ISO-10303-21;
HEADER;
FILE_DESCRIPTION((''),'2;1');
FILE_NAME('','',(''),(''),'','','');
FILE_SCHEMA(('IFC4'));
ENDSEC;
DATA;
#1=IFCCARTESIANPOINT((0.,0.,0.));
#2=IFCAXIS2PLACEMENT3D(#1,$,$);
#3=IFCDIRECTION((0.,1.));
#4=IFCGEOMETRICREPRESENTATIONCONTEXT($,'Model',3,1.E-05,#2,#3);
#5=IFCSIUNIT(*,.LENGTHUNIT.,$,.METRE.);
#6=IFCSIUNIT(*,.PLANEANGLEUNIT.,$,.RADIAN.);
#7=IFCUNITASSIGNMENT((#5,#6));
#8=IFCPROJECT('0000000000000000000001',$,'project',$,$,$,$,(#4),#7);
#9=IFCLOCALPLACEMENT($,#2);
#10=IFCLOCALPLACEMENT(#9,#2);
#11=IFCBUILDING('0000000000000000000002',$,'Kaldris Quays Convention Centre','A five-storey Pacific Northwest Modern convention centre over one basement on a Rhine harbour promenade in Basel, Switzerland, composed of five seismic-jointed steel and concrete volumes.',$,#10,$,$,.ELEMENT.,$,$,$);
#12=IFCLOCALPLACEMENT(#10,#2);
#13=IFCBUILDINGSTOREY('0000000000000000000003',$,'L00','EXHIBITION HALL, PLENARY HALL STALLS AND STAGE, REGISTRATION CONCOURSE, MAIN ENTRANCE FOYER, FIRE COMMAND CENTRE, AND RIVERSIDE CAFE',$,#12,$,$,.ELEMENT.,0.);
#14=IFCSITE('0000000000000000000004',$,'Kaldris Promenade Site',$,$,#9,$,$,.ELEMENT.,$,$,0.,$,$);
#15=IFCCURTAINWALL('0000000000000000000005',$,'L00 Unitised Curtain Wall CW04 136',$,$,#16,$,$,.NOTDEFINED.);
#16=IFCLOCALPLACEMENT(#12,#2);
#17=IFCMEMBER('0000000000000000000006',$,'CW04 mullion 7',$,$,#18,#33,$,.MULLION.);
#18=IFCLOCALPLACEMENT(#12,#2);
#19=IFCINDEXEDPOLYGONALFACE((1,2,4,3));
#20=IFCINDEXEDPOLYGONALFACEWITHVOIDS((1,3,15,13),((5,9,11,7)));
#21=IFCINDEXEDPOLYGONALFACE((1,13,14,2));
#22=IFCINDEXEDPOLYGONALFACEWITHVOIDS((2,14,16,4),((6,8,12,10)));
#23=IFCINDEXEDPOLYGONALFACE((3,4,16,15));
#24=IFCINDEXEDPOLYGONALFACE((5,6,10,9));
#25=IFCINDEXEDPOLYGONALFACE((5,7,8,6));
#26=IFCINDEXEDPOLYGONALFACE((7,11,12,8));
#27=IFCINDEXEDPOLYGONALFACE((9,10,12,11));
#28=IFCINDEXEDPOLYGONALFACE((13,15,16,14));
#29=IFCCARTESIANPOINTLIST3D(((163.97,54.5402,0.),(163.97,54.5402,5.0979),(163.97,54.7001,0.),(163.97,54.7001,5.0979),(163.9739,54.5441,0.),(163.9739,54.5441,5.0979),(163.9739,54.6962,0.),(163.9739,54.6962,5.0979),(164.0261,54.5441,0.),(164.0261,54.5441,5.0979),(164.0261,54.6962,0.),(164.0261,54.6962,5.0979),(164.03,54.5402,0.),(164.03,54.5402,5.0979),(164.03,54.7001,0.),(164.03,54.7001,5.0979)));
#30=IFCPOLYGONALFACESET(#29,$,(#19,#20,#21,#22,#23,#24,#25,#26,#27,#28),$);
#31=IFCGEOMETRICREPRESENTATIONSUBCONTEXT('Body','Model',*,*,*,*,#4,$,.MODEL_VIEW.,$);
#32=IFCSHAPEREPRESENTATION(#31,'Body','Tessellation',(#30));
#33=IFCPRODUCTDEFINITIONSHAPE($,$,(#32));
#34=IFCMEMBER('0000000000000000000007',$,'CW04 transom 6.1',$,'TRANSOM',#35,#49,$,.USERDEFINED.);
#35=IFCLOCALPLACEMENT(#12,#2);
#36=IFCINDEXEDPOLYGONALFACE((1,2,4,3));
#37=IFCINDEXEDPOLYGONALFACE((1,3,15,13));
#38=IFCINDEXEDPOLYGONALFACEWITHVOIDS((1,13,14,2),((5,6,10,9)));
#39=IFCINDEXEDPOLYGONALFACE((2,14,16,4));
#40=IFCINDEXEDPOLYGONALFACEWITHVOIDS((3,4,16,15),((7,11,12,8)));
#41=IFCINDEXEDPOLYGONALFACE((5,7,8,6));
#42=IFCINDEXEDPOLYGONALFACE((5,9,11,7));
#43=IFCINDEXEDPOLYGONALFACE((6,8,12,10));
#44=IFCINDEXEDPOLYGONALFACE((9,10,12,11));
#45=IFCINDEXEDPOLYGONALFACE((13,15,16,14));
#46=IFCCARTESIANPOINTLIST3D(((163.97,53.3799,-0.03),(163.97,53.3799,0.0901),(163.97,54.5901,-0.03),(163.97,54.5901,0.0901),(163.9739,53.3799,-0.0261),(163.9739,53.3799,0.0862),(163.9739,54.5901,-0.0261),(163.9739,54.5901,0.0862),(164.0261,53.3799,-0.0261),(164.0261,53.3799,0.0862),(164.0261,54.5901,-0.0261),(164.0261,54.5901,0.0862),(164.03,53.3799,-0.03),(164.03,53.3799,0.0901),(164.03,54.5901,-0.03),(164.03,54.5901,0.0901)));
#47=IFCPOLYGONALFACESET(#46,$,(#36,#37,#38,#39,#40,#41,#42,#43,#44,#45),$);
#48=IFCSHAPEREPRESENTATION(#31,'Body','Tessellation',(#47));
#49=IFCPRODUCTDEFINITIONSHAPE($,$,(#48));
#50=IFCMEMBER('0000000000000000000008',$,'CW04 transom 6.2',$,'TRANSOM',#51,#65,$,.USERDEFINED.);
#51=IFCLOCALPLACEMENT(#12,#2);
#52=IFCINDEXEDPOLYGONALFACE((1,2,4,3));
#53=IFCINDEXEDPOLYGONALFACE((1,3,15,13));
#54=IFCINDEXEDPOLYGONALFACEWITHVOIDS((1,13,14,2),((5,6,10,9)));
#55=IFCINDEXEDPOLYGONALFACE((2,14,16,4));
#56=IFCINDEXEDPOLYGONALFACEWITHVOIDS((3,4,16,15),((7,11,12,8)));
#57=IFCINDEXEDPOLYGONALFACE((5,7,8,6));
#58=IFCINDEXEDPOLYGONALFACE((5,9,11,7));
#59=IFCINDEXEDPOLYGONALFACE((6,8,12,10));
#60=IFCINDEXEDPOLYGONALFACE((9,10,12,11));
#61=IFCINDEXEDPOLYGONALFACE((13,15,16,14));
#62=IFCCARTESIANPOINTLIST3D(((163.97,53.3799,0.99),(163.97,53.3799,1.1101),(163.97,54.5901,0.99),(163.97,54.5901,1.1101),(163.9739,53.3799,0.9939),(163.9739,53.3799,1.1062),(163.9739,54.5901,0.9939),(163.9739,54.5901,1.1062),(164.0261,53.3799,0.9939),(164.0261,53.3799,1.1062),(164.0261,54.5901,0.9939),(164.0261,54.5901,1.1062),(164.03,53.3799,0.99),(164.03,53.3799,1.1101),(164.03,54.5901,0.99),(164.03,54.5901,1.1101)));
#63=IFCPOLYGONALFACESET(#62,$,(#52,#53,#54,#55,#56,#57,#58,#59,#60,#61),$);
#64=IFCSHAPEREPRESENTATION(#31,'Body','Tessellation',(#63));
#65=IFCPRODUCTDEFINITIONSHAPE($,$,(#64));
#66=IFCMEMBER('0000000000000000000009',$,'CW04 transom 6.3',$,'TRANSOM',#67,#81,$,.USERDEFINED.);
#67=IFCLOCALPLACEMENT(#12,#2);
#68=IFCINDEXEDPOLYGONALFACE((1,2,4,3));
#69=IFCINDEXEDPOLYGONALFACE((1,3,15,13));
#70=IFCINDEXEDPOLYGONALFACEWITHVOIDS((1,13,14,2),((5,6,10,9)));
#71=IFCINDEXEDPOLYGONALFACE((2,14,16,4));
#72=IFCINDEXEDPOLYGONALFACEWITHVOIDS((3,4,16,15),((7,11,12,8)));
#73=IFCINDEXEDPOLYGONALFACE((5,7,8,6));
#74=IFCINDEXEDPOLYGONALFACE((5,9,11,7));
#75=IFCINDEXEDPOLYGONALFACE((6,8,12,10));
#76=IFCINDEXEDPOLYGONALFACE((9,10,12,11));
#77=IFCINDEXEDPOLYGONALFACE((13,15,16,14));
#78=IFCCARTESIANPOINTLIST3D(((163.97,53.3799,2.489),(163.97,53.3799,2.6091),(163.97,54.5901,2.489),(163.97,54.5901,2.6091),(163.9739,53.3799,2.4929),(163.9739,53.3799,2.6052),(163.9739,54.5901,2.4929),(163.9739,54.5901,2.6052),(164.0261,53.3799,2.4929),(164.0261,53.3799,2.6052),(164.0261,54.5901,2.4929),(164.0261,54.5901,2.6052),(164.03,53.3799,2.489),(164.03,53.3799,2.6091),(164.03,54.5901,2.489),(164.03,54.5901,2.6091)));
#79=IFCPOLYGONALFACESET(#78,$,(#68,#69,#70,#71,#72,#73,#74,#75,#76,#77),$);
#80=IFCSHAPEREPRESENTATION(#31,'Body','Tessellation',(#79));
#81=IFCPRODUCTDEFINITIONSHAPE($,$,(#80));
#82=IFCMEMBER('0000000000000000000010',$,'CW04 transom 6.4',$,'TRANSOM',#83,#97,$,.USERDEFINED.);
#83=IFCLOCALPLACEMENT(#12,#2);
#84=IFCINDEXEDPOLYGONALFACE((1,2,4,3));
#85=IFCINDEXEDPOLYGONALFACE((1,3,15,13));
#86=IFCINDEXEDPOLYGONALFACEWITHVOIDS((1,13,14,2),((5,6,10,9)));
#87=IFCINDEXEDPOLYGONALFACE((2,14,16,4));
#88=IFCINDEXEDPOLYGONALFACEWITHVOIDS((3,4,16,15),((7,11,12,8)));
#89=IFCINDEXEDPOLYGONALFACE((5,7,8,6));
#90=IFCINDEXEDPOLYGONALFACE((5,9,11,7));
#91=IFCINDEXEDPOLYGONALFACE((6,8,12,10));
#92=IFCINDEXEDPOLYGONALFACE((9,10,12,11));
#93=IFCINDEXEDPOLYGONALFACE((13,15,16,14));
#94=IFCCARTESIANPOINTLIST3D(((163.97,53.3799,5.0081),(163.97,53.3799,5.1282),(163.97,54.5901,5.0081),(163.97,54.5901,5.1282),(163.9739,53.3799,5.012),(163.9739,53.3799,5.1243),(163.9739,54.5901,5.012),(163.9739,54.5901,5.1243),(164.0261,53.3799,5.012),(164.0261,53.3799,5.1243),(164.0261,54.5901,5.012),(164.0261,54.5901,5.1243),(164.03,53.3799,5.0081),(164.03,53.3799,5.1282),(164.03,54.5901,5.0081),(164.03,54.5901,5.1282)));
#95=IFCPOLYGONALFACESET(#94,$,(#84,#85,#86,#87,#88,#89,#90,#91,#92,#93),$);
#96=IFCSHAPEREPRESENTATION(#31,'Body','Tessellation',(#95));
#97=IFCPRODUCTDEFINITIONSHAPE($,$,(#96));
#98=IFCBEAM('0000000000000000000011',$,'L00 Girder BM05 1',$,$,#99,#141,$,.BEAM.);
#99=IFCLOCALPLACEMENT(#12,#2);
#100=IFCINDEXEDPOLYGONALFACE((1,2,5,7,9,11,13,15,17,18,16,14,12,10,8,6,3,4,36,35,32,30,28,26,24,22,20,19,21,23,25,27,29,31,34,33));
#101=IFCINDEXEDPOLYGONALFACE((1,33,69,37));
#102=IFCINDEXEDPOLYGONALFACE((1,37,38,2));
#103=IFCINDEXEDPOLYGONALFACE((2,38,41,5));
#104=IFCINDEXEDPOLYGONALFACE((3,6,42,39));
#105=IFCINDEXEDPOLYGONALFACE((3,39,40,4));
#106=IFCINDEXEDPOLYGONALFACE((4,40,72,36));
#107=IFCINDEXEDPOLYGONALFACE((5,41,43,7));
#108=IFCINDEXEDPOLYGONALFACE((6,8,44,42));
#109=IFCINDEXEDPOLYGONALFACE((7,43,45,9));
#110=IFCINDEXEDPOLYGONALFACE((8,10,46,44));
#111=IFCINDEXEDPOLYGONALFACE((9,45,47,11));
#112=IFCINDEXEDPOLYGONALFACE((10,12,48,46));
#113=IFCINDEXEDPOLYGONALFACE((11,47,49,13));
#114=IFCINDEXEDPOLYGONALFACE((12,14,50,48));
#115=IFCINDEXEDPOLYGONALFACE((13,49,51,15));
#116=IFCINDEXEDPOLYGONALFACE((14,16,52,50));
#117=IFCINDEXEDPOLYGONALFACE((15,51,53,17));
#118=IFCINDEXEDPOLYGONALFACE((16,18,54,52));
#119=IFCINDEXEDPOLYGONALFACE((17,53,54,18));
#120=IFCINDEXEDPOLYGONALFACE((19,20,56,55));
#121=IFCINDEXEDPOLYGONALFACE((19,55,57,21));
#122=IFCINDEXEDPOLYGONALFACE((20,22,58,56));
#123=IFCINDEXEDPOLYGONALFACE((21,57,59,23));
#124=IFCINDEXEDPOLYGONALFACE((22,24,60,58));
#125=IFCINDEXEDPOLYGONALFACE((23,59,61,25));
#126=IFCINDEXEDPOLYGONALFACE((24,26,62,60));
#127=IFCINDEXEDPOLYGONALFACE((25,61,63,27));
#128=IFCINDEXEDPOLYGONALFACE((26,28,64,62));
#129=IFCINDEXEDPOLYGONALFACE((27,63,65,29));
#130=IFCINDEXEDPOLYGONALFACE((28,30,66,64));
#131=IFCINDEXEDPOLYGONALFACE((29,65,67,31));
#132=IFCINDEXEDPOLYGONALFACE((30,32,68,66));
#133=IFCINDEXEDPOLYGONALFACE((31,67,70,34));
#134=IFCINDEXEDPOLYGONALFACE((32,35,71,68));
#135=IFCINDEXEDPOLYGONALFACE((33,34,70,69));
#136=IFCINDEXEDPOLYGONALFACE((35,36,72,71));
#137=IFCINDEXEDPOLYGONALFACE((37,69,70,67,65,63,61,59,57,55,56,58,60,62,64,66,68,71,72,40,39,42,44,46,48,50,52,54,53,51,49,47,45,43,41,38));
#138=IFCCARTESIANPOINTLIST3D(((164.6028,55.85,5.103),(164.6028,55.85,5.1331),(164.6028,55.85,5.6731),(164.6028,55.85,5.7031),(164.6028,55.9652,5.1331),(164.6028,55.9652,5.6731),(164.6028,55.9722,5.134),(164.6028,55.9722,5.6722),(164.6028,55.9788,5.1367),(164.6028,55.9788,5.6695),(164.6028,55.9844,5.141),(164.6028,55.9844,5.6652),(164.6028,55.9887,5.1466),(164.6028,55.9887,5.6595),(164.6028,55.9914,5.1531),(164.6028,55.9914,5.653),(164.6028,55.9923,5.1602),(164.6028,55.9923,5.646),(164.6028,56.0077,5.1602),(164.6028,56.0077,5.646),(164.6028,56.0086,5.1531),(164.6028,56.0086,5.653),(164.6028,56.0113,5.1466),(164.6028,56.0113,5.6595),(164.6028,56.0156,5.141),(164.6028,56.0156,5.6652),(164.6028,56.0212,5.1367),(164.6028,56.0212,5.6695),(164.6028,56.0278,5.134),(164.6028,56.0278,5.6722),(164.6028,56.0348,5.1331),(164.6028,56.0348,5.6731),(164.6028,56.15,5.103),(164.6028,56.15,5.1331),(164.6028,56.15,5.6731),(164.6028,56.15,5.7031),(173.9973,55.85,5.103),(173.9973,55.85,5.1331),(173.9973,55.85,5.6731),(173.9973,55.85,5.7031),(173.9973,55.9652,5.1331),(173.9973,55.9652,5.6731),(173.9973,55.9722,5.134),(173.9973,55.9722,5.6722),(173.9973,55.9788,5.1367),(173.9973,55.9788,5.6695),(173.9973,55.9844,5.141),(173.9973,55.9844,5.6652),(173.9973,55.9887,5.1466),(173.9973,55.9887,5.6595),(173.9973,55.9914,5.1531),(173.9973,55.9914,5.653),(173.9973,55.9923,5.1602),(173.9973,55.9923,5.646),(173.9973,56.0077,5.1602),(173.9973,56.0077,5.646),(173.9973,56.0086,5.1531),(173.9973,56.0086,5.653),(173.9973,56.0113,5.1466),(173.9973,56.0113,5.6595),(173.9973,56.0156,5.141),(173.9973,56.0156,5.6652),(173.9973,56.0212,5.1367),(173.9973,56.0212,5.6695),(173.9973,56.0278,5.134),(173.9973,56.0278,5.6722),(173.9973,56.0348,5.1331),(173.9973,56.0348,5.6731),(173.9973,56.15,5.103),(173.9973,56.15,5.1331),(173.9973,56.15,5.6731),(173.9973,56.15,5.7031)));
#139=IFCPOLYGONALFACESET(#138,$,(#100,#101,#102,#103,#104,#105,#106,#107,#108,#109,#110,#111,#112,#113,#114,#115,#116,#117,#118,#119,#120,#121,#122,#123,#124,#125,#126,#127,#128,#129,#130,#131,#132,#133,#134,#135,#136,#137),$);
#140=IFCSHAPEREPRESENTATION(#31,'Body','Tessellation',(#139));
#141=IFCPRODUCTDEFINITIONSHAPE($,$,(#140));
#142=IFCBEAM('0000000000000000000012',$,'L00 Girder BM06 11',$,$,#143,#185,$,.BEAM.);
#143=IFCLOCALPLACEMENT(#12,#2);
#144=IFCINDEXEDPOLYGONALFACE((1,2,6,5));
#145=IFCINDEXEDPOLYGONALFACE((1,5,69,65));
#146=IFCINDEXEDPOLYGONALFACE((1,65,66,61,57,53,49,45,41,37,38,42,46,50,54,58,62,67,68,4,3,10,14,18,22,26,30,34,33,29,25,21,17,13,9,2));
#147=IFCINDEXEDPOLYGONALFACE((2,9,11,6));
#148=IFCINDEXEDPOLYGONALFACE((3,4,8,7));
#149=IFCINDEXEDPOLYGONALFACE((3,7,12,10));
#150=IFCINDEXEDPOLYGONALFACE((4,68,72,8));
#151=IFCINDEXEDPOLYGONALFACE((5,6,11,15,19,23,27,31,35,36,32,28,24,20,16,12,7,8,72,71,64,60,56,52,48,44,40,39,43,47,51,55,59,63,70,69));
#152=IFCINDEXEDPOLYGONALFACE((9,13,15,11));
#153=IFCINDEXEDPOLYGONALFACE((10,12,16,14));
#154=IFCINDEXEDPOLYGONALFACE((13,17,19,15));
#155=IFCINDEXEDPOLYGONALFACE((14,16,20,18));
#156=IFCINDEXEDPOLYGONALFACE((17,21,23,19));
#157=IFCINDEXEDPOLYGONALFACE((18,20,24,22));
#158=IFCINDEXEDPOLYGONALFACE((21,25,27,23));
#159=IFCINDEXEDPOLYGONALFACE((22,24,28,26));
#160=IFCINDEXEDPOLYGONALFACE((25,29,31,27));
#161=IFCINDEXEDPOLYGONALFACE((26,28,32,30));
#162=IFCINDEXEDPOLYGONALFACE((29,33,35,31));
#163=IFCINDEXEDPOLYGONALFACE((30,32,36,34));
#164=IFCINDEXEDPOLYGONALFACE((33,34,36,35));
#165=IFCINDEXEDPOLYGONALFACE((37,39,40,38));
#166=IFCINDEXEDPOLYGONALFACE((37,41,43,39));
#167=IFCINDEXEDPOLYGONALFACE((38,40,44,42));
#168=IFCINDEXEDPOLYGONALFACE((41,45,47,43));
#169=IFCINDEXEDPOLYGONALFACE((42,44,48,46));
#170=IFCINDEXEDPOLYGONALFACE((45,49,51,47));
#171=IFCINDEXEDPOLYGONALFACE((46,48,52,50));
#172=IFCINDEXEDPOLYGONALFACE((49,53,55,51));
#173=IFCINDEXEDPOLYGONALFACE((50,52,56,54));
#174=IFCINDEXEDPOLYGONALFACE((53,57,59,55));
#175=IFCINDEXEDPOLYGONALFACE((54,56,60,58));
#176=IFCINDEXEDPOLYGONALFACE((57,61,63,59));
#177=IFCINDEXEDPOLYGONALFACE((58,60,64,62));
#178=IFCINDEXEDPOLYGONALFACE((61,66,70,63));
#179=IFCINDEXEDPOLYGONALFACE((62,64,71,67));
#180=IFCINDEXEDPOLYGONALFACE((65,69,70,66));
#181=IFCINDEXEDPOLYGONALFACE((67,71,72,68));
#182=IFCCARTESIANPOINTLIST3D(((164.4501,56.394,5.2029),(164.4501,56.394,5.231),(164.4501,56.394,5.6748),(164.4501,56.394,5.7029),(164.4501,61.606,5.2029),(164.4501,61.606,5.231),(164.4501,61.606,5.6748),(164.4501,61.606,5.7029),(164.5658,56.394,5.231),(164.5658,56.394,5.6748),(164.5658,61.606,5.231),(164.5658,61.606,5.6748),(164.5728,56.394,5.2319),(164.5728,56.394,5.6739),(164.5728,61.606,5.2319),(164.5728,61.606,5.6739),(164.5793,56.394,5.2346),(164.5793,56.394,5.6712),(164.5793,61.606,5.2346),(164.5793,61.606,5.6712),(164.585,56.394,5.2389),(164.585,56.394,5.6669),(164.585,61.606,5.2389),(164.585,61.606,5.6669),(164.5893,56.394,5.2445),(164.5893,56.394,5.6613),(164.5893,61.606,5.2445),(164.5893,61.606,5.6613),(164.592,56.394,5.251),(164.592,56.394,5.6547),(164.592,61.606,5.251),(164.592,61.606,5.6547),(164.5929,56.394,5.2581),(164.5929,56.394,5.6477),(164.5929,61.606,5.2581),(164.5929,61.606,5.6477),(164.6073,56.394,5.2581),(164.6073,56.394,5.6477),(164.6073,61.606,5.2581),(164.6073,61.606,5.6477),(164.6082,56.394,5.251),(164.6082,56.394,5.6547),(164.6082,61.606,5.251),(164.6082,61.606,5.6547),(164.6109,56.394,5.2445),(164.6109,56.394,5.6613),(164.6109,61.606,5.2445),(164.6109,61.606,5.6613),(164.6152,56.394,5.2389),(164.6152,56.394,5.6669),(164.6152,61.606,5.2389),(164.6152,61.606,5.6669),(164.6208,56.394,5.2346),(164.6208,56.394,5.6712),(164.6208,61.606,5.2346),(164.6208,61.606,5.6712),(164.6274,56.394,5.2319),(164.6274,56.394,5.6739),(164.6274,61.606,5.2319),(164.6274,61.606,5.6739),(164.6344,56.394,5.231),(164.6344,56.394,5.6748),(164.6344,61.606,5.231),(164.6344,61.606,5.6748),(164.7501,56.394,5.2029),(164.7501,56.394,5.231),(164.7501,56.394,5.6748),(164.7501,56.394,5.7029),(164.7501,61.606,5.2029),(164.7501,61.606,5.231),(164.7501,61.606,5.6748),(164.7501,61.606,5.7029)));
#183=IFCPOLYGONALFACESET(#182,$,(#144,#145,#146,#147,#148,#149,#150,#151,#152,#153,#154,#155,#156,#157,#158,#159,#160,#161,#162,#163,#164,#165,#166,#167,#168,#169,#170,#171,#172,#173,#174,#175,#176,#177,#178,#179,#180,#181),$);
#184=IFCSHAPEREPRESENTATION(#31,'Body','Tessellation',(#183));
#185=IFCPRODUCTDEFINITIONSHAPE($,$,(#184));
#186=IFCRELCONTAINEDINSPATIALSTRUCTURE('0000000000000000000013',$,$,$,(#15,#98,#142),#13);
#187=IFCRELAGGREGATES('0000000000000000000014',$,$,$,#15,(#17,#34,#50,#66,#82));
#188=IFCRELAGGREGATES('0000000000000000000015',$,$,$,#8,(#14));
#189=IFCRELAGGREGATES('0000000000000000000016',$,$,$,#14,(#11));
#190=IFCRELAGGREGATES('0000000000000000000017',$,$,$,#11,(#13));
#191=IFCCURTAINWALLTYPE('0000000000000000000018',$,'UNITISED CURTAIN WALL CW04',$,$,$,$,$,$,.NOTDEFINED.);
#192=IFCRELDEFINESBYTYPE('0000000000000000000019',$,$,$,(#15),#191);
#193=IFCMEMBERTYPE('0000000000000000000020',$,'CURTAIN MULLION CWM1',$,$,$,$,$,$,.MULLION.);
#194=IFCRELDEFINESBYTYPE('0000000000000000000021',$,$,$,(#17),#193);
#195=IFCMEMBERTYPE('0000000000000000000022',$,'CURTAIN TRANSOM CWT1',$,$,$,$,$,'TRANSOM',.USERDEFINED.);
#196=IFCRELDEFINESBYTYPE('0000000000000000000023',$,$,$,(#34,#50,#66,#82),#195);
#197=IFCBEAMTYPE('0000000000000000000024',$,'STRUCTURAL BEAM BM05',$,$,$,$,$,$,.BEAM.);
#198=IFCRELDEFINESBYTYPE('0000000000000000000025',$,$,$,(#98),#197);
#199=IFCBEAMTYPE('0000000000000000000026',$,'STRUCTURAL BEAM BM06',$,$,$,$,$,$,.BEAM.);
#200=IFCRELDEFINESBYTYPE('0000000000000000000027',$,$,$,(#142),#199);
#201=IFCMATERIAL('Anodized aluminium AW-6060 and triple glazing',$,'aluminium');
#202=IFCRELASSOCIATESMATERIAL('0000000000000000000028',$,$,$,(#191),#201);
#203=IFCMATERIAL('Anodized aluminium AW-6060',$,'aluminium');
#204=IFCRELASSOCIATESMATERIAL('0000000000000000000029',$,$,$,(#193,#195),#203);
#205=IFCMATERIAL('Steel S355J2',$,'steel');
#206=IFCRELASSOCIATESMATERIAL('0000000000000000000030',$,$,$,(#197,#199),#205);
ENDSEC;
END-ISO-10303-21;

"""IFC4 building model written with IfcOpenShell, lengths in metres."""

from ifc_helpers import new_model, si_unit, direction, frame, origin, origin_2d, place, context, subcontext, project, spatial, hollow_rectangle, i_section, extrude, material, material_profile, profile_set, type_object, element, aggregate, save


model = new_model("IFC4")

# Units and contexts
model_context = context("Model", 3, precision=1e-05, world=origin(), true_north=direction((0.0, 1.0)))
body_context = subcontext(model_context, "Body", "Model", "MODEL_VIEW")
ifc_project = project(units=[si_unit("LENGTHUNIT", "METRE"), si_unit("PLANEANGLEUNIT", "RADIAN")], contexts=[model_context])

# Site, building, storey
site_placement = place(None, origin())
site = spatial("IfcSite", under=ifc_project, at=site_placement, Name="Kaldris Promenade Site", CompositionType="ELEMENT", RefElevation=0.0)
building_placement = place(site_placement, origin())
building = spatial("IfcBuilding", under=site, at=building_placement, Name="Kaldris Quays Convention Centre", Description="A five-storey Pacific Northwest Modern convention centre over one basement on a Rhine harbour promenade in Basel, Switzerland, composed of five seismic-jointed steel and concrete volumes.", CompositionType="ELEMENT")
storey_placement = place(building_placement, origin())
storey = spatial("IfcBuildingStorey", under=building, at=storey_placement, Name="L00", Description="EXHIBITION HALL, PLENARY HALL STALLS AND STAGE, REGISTRATION CONCOURSE, MAIN ENTRANCE FOYER, FIRE COMMAND CENTRE, AND RIVERSIDE CAFE", CompositionType="ELEMENT", Elevation=0.0)

# Shared definitions
ifc_material_1 = material(Name="Steel S355J2", Category="steel")

# Curtain wall, members
ifc_material_2 = material(Name="Anodized aluminium AW-6060 and triple glazing", Category="aluminium")
curtain_wall_type = type_object("IfcCurtainWallType", Name="UNITISED CURTAIN WALL CW04", PredefinedType="NOTDEFINED", material=ifc_material_2)
curtain_wall_placement = place(storey_placement, origin())
curtain_wall = element("IfcCurtainWall", 1, at=curtain_wall_placement, inside=storey, type_object=curtain_wall_type, Name="L00 Unitised Curtain Wall CW04 136", PredefinedType="NOTDEFINED")
ifc_material_3 = material(Name="Anodized aluminium AW-6060", Category="aluminium")
ifc_material_profile_1 = material_profile(ifc_material_3, hollow_rectangle(XDim=0.0601, YDim=0.1599, WallThickness=0.0039, at=origin_2d()), Name="RHS 160x60x4")
ifc_profile_set_1 = profile_set([ifc_material_profile_1], Name="Anodized aluminium AW-6060")
member_type_1 = type_object("IfcMemberType", Name="CURTAIN MULLION CWM1", PredefinedType="MULLION", material=ifc_profile_set_1)
member_1_placement = place(storey_placement, frame((164.0, 54.6201, 0.0), z_axis=(0.0, 0.0, 1.0), x_axis=(-1.0, 0.0, 0.0)))
member_1 = element("IfcMember", 2, at=member_1_placement, type_object=member_type_1, Name="CW04 mullion 7", PredefinedType="MULLION", context=body_context, shape_type="SweptSolid", body=[
    extrude(hollow_rectangle(XDim=0.0601, YDim=0.1599, WallThickness=0.0039, at=origin_2d()), origin(), (0.0, 0.0, 1.0), 5.0979),
])
ifc_material_profile_2 = material_profile(ifc_material_3, hollow_rectangle(XDim=0.0601, YDim=0.1201, WallThickness=0.0039, at=origin_2d()), Name="RHS 120x60x4")
ifc_profile_set_2 = profile_set([ifc_material_profile_2], Name="Anodized aluminium AW-6060")
member_type_2 = type_object("IfcMemberType", Name="CURTAIN TRANSOM CWT1", ElementType="TRANSOM", PredefinedType="USERDEFINED", material=ifc_profile_set_2)
member_2_placement = place(storey_placement, frame((164.0, 53.3799, 0.03), z_axis=(0.0, 1.0, 0.0), x_axis=(-1.0, 0.0, 0.0)))
member_2 = element("IfcMember", 3, at=member_2_placement, type_object=member_type_2, Name="CW04 transom 6.1", ObjectType="TRANSOM", PredefinedType="USERDEFINED", context=body_context, shape_type="SweptSolid", body=[
    extrude(hollow_rectangle(XDim=0.0601, YDim=0.1201, WallThickness=0.0039, at=origin_2d()), origin(), (0.0, 0.0, 1.0), 1.2102),
])
member_3_placement = place(storey_placement, frame((164.0, 53.3799, 1.05), z_axis=(0.0, 1.0, 0.0), x_axis=(-1.0, 0.0, 0.0)))
member_3 = element("IfcMember", 4, at=member_3_placement, type_object=member_type_2, Name="CW04 transom 6.2", ObjectType="TRANSOM", PredefinedType="USERDEFINED", context=body_context, shape_type="SweptSolid", body=[
    extrude(hollow_rectangle(XDim=0.0601, YDim=0.1201, WallThickness=0.0039, at=origin_2d()), origin(), (0.0, 0.0, 1.0), 1.2102),
])
member_4_placement = place(storey_placement, frame((164.0, 53.3799, 2.5491), z_axis=(0.0, 1.0, 0.0), x_axis=(-1.0, 0.0, 0.0)))
member_4 = element("IfcMember", 5, at=member_4_placement, type_object=member_type_2, Name="CW04 transom 6.3", ObjectType="TRANSOM", PredefinedType="USERDEFINED", context=body_context, shape_type="SweptSolid", body=[
    extrude(hollow_rectangle(XDim=0.0601, YDim=0.1201, WallThickness=0.0039, at=origin_2d()), origin(), (0.0, 0.0, 1.0), 1.2102),
])
member_5_placement = place(storey_placement, frame((164.0, 53.3799, 5.0681), z_axis=(0.0, 1.0, 0.0), x_axis=(-1.0, 0.0, 0.0)))
member_5 = element("IfcMember", 6, at=member_5_placement, type_object=member_type_2, Name="CW04 transom 6.4", ObjectType="TRANSOM", PredefinedType="USERDEFINED", context=body_context, shape_type="SweptSolid", body=[
    extrude(hollow_rectangle(XDim=0.0601, YDim=0.1201, WallThickness=0.0039, at=origin_2d()), origin(), (0.0, 0.0, 1.0), 1.2102),
])

# Beams
ifc_material_profile_3 = material_profile(ifc_material_1, i_section(OverallWidth=0.3, OverallDepth=0.6001, WebThickness=0.0154, FlangeThickness=0.03, FilletRadius=0.0271, at=origin_2d()), Name="HEB 600")
ifc_profile_set_3 = profile_set([ifc_material_profile_3], Name="Steel S355J2")
beam_type_1 = type_object("IfcBeamType", Name="STRUCTURAL BEAM BM05", PredefinedType="BEAM", material=ifc_profile_set_3)
beam_1_placement = place(storey_placement, frame((164.6028, 56.0, 5.4031), z_axis=(1.0, 0.0, 0.0), x_axis=(0.0, 1.0, 0.0)))
element("IfcBeam", 7, at=beam_1_placement, inside=storey, type_object=beam_type_1, Name="L00 Girder BM05 1", PredefinedType="BEAM", context=body_context, shape_type="SweptSolid", body=[
    extrude(i_section(OverallWidth=0.3, OverallDepth=0.6001, WebThickness=0.0154, FlangeThickness=0.03, FilletRadius=0.0271, at=origin_2d()), origin(), (0.0, 0.0, 1.0), 9.3945),
])
ifc_material_profile_4 = material_profile(ifc_material_1, i_section(OverallWidth=0.3, OverallDepth=0.5, WebThickness=0.0144, FlangeThickness=0.0281, FilletRadius=0.0271, at=origin_2d()), Name="HEB 500")
ifc_profile_set_4 = profile_set([ifc_material_profile_4], Name="Steel S355J2")
beam_type_2 = type_object("IfcBeamType", Name="STRUCTURAL BEAM BM06", PredefinedType="BEAM", material=ifc_profile_set_4)
for number, where, z_axis, x_axis, name in (
    (8, (164.6001, 56.394, 5.4529), (0.0, 1.0, 0.0), (-1.0, 0.0, 0.0), "L00 Girder BM06 11"),
):
    element("IfcBeam", number, at=place(storey_placement, frame(where, z_axis=z_axis, x_axis=x_axis)), inside=storey, type_object=beam_type_2, Name=name, PredefinedType="BEAM", context=body_context, shape_type="SweptSolid", body=[
        extrude(i_section(OverallWidth=0.3, OverallDepth=0.5, WebThickness=0.0144, FlangeThickness=0.0281, FilletRadius=0.0271, at=origin_2d()), origin(), (0.0, 0.0, 1.0), 5.2119),
    ])

aggregate(curtain_wall, [member_1, member_2, member_3, member_4, member_5])

save(model, "model.ifc")
